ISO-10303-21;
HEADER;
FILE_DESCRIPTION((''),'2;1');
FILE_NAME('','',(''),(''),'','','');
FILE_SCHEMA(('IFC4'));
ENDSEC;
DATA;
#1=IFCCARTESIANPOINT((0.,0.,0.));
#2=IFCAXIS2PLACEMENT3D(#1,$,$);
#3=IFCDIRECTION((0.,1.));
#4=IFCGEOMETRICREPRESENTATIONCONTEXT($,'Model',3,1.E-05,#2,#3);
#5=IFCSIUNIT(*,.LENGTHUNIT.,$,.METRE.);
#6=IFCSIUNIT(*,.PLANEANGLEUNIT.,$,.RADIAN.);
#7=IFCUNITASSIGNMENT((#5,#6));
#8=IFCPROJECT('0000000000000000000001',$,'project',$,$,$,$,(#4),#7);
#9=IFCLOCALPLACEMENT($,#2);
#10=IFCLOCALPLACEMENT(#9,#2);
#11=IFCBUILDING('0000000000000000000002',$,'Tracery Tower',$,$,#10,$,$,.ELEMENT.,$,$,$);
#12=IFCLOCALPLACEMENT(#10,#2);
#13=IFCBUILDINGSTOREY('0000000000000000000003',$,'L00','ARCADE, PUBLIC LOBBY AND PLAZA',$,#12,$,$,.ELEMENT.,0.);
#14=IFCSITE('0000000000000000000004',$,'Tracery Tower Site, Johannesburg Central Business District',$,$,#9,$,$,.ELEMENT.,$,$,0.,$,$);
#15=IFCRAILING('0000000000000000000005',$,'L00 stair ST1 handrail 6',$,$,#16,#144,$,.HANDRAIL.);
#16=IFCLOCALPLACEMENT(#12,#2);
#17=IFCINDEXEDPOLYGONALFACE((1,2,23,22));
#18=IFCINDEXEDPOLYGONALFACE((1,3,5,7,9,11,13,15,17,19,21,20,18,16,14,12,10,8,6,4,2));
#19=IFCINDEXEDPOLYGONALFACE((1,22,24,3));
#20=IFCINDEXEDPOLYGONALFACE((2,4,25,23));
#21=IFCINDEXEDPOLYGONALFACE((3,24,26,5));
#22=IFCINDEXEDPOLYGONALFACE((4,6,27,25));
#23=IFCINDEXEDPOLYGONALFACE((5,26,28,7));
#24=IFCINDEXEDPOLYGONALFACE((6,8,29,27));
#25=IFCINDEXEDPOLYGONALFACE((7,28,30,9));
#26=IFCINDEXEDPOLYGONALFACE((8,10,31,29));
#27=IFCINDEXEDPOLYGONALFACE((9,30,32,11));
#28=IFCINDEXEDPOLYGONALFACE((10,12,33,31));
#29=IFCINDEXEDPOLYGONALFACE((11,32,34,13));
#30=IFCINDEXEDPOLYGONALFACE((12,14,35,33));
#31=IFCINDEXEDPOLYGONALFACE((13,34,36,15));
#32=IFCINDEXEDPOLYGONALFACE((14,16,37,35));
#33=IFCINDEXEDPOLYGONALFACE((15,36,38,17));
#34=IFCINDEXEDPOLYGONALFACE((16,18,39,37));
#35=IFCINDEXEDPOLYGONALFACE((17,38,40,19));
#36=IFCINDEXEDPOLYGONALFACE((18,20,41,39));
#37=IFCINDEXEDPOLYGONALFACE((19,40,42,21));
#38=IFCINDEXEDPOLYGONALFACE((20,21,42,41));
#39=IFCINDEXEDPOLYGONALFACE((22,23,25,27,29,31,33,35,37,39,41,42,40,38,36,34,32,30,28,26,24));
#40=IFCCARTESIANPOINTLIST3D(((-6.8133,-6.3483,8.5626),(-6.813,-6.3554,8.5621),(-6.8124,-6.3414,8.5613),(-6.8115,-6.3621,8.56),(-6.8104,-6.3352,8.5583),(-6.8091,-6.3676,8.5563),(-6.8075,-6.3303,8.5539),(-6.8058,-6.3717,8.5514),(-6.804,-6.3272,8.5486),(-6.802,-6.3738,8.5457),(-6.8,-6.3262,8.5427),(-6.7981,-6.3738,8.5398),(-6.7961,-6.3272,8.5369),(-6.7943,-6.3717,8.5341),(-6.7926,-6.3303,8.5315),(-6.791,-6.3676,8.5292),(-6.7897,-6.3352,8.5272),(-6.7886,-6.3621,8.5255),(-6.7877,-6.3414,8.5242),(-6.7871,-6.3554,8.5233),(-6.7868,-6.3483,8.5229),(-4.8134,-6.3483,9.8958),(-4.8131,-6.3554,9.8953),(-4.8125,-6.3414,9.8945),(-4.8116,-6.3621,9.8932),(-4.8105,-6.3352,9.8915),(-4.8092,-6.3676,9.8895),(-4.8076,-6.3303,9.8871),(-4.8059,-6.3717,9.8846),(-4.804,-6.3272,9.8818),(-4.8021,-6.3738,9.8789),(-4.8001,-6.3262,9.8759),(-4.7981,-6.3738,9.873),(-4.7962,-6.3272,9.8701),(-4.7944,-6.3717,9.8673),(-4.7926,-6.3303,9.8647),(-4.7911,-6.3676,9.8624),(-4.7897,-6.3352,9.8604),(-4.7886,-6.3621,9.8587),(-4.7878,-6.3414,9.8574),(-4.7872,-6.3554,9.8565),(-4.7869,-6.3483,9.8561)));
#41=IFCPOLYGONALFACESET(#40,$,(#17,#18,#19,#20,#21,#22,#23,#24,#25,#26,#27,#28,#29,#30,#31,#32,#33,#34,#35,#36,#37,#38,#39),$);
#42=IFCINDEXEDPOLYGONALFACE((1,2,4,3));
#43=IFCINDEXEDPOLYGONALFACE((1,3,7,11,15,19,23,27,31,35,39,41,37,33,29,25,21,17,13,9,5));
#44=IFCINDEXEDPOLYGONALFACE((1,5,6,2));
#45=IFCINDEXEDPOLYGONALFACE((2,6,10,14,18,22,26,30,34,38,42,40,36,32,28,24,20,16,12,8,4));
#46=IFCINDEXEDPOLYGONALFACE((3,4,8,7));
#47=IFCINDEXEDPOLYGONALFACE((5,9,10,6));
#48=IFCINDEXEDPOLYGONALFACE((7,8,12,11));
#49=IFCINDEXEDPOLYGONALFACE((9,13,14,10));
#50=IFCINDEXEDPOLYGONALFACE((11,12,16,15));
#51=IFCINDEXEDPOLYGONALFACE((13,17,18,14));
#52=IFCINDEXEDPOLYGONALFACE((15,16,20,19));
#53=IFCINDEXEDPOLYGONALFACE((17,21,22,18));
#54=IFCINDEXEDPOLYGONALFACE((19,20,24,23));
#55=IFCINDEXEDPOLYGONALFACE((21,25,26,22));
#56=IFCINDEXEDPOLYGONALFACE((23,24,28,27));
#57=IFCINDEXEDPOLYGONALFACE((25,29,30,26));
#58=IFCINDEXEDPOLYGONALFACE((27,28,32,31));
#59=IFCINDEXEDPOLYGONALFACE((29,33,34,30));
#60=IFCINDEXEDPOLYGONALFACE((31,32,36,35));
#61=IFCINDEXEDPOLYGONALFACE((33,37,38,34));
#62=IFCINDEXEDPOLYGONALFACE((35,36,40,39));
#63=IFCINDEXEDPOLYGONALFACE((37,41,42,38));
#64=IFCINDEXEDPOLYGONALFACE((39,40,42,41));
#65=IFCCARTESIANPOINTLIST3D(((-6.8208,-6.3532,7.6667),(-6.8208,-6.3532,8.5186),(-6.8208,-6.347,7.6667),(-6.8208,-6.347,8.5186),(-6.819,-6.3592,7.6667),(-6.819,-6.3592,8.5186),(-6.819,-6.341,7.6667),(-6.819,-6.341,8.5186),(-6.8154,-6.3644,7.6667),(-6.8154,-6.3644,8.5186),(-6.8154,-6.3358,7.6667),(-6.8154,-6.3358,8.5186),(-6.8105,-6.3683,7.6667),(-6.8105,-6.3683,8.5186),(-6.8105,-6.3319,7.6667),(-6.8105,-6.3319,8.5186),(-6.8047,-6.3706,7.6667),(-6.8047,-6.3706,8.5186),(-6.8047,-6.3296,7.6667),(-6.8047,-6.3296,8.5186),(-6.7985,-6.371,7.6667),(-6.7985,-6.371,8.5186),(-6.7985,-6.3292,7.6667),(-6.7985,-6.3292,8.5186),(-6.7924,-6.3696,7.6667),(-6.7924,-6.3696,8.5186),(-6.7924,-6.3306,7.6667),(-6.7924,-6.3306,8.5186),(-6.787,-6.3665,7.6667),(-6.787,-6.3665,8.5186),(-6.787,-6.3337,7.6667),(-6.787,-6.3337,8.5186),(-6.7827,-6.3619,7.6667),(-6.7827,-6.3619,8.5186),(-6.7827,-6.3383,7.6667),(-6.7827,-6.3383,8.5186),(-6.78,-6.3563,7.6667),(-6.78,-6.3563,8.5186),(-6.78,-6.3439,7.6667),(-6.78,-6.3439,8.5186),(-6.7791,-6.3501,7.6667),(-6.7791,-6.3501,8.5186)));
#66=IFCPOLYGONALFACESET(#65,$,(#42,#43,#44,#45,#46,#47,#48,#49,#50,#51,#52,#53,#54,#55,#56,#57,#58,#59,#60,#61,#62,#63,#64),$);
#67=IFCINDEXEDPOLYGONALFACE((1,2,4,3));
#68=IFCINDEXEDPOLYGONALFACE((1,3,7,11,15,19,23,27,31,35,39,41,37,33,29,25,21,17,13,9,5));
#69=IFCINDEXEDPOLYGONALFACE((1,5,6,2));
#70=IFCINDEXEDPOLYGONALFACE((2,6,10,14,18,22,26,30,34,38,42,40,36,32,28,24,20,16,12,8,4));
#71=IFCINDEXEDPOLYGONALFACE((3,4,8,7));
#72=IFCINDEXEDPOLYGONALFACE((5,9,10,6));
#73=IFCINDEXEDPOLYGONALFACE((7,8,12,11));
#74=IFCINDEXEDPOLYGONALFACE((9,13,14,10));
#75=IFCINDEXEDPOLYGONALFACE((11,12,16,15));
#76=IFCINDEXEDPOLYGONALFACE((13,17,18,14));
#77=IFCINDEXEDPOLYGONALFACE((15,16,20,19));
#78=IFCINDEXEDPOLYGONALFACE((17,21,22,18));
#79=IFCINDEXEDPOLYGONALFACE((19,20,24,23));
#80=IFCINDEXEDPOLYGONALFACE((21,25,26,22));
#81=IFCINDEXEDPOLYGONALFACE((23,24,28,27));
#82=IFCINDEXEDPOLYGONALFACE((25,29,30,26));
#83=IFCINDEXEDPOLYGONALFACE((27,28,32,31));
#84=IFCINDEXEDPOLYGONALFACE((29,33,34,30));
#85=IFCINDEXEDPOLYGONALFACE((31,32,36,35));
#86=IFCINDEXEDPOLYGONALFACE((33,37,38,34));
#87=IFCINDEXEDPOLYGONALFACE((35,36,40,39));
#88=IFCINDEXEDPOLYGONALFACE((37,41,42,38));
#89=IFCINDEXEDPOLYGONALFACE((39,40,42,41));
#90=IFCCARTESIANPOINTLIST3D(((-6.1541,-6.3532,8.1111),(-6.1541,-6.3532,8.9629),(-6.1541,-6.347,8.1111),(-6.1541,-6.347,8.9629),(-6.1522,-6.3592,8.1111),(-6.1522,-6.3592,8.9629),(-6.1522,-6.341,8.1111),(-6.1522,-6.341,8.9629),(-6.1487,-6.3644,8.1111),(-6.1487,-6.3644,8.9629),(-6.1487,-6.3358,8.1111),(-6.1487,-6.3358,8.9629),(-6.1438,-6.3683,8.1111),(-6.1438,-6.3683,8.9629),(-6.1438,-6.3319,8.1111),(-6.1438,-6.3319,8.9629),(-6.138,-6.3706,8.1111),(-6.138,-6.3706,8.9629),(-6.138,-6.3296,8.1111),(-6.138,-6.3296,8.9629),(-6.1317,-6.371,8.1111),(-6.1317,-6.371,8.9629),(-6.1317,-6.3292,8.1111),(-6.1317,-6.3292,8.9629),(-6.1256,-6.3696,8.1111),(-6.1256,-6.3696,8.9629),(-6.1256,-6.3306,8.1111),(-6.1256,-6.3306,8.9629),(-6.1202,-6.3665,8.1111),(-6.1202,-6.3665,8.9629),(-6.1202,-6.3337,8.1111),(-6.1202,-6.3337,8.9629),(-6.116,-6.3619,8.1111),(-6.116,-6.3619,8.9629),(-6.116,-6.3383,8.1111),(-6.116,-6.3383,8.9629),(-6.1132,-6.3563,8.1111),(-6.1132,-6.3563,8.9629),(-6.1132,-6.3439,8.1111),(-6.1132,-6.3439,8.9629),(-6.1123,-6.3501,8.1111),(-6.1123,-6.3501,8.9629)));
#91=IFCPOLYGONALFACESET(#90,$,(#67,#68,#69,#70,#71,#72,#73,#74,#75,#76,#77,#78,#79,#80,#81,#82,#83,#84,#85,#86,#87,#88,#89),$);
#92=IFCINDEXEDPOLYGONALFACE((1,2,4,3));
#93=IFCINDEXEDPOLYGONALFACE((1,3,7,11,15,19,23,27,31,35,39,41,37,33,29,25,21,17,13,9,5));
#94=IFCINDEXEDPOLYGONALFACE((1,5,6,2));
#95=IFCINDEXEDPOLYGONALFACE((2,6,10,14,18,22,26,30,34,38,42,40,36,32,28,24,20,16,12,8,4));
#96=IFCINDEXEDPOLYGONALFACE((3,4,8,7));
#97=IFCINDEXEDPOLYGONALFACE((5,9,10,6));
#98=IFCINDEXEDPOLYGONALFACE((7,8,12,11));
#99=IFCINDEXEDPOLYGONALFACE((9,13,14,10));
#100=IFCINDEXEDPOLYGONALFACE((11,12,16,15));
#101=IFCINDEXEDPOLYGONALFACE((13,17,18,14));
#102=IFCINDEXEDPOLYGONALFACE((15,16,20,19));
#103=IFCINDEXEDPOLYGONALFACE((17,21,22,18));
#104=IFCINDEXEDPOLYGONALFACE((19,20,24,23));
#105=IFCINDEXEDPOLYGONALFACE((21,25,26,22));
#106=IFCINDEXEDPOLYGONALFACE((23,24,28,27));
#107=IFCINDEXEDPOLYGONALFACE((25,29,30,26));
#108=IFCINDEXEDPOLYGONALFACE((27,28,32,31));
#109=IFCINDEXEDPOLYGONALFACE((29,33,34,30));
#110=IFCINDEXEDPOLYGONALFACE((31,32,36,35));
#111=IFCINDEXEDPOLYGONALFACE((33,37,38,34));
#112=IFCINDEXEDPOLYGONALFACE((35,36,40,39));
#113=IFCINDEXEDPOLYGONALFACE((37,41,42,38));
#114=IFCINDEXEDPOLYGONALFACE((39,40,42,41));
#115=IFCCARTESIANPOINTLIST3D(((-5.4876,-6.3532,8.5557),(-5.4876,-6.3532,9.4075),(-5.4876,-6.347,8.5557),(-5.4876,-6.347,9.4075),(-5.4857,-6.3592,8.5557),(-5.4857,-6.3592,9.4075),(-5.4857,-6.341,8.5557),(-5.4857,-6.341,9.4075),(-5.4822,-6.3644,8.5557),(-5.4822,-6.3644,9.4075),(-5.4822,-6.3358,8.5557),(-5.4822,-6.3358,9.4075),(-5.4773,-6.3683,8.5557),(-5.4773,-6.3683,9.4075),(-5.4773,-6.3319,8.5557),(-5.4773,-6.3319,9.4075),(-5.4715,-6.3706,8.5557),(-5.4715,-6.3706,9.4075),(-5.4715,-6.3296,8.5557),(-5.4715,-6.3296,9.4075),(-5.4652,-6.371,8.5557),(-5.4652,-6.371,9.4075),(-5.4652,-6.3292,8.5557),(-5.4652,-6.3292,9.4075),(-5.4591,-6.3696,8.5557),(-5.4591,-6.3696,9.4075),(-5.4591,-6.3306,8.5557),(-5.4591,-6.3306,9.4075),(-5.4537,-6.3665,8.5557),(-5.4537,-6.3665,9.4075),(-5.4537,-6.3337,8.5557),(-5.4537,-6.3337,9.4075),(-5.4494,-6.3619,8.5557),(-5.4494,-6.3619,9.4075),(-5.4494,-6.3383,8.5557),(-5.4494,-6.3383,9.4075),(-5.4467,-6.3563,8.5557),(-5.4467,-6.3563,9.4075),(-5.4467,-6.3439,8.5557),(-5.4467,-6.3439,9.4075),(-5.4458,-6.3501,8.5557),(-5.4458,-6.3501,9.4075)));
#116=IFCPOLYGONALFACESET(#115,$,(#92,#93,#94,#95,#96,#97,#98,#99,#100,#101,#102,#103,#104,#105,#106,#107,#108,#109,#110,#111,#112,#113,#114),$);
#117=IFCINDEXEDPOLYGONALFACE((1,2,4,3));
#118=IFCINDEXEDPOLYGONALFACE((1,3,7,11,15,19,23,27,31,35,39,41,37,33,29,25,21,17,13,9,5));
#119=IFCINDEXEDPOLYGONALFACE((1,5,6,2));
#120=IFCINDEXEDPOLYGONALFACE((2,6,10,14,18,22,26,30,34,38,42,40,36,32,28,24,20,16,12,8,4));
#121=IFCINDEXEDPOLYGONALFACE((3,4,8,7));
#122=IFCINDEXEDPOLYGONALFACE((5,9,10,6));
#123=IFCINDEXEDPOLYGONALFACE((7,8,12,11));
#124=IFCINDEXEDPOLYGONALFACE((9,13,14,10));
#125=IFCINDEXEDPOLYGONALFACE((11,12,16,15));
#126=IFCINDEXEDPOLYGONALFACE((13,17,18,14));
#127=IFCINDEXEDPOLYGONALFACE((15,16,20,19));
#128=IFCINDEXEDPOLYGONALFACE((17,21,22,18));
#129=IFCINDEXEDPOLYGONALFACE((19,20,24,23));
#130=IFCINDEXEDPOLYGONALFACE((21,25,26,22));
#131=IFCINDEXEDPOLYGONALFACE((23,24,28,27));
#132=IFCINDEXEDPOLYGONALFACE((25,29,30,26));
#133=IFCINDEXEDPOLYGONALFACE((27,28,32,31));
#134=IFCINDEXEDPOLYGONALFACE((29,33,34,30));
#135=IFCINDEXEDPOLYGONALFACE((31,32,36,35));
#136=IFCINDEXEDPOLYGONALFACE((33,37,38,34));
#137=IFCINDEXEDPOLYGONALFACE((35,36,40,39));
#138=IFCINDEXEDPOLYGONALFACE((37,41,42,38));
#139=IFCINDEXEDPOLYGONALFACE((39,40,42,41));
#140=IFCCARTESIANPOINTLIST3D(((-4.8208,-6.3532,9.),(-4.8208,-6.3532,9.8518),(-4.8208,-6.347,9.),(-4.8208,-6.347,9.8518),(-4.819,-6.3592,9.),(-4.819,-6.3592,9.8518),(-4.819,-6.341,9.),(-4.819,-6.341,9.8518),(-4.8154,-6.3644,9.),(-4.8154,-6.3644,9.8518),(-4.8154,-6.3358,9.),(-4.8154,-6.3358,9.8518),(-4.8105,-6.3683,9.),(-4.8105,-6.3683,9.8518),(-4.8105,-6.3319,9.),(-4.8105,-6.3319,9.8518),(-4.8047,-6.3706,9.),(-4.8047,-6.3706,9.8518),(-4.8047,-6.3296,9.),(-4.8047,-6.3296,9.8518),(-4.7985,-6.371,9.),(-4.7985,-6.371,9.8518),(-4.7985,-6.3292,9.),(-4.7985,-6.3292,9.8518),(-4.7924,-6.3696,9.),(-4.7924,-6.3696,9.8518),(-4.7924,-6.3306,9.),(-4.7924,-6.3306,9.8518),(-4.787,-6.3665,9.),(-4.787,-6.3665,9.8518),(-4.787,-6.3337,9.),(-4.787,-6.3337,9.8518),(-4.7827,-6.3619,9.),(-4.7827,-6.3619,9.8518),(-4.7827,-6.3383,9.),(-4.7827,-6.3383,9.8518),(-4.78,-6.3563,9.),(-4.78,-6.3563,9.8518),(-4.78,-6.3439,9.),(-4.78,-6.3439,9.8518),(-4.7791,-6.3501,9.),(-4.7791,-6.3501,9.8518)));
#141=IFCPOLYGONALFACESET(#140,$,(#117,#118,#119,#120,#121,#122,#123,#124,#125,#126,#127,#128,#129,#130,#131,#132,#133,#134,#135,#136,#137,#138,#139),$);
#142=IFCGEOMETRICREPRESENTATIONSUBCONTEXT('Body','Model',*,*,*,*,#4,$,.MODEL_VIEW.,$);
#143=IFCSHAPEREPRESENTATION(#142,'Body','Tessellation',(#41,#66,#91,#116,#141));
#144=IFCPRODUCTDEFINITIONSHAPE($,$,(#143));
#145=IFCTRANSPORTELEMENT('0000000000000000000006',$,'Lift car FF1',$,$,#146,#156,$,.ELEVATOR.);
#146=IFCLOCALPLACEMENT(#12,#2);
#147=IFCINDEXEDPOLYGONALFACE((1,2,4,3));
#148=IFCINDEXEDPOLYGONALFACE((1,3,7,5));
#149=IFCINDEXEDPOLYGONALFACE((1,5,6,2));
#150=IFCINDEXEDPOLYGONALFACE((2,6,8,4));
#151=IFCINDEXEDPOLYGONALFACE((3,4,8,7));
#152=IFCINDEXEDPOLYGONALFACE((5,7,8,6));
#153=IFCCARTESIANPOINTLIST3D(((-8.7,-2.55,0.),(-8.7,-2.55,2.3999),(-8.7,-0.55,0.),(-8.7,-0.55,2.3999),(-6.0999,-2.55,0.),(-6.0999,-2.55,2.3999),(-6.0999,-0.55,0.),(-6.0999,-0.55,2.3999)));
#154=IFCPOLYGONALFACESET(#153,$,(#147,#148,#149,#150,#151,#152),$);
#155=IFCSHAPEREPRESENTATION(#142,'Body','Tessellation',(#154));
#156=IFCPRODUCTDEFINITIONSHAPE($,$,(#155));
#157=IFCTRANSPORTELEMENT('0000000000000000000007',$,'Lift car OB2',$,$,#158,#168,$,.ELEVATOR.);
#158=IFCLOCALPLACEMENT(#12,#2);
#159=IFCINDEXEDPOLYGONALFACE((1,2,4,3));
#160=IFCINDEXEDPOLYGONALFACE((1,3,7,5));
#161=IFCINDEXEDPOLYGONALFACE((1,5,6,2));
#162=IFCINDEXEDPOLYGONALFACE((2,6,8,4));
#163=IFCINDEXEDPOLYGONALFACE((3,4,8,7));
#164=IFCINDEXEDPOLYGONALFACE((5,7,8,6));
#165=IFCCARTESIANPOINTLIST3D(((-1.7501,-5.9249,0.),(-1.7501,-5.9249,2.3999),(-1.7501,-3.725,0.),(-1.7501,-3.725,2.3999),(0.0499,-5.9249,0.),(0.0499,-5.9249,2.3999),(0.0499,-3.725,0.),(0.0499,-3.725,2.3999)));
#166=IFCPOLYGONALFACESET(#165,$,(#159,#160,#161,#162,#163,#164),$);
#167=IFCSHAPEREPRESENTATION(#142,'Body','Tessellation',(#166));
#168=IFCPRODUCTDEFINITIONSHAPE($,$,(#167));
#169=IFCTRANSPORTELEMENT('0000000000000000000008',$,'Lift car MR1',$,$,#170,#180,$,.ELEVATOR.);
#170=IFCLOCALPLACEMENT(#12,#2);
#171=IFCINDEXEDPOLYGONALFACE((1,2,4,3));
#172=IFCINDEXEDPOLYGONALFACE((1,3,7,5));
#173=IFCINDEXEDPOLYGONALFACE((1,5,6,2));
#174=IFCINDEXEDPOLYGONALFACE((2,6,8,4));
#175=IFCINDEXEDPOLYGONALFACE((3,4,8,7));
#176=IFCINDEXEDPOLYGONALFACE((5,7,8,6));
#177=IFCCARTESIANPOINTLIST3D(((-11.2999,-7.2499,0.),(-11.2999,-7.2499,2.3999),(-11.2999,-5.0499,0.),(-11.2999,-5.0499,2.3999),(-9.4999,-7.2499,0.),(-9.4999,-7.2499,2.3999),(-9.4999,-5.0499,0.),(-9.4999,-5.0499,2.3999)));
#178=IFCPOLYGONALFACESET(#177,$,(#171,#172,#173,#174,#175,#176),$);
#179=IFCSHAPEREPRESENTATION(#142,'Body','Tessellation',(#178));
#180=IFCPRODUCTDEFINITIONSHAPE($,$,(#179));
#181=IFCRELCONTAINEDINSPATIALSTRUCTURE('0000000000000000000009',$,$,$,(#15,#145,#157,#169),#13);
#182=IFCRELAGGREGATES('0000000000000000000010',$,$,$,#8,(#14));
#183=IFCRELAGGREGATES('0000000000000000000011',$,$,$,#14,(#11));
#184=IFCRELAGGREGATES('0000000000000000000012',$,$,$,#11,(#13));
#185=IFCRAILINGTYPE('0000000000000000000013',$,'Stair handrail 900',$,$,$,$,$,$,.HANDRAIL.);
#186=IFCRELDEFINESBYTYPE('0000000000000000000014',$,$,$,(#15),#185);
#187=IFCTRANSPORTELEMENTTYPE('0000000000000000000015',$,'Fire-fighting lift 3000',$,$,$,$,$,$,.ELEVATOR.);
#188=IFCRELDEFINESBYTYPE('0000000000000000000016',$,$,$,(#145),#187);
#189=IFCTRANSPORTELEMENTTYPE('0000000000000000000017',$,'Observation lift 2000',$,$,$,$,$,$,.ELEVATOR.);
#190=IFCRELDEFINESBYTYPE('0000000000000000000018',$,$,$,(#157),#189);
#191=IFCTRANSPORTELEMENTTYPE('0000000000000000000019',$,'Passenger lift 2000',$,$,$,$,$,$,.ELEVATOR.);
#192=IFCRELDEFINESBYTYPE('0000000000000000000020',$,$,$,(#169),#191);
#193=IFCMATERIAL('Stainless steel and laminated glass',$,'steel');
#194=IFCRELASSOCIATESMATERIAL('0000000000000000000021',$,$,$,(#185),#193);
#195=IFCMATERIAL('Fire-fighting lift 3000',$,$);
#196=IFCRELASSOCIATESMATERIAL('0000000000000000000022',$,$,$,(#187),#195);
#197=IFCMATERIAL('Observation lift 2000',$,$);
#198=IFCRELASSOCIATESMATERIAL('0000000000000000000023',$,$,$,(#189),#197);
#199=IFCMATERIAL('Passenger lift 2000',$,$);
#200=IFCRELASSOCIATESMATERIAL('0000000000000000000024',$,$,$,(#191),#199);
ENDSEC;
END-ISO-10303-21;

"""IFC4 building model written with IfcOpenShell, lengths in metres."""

from ifc_helpers import new_model, si_unit, direction, frame, origin, origin_2d, place, context, subcontext, project, spatial, rectangle, circle, extrude, material, type_object, element, save


model = new_model("IFC4")

# Units and contexts
model_context = context("Model", 3, precision=1e-05, world=origin(), true_north=direction((0.0, 1.0)))
body_context = subcontext(model_context, "Body", "Model", "MODEL_VIEW")
ifc_project = project(units=[si_unit("LENGTHUNIT", "METRE"), si_unit("PLANEANGLEUNIT", "RADIAN")], contexts=[model_context])

# Site, building, storey
site_placement = place(None, origin())
site = spatial("IfcSite", under=ifc_project, at=site_placement, Name="Tracery Tower Site, Johannesburg Central Business District", CompositionType="ELEMENT", RefElevation=0.0)
building_placement = place(site_placement, origin())
building = spatial("IfcBuilding", under=site, at=building_placement, Name="Tracery Tower", CompositionType="ELEMENT")
storey_placement = place(building_placement, origin())
storey = spatial("IfcBuildingStorey", under=building, at=storey_placement, Name="L00", Description="ARCADE, PUBLIC LOBBY AND PLAZA", CompositionType="ELEMENT", Elevation=0.0)

# Railing
ifc_material_1 = material(Name="Stainless steel and laminated glass", Category="steel")
railing_type_1 = type_object("IfcRailingType", Name="Stair handrail 900", PredefinedType="HANDRAIL", material=ifc_material_1)
railing_1_placement = place(storey_placement, frame((-6.8, -6.3501, 7.6667)))
element("IfcRailing", 1, at=railing_1_placement, inside=storey, type_object=railing_type_1, Name="L00 stair ST1 handrail 6", PredefinedType="HANDRAIL", context=body_context, shape_type="SweptSolid", body=[
    extrude(circle(Radius=0.0239, at=origin_2d()), frame((0.0, 0.0, 0.876), z_axis=(0.832066, 0.0, 0.554677), x_axis=(0.0, 1.0, 0.0)), (0.0, 0.0, 1.0), 2.4036),
    extrude(circle(Radius=0.021, at=origin_2d()), origin(), (0.0, 0.0, 1.0), 0.8518),
    extrude(circle(Radius=0.021, at=origin_2d()), frame((0.6667, 0.0, 0.4443)), (0.0, 0.0, 1.0), 0.8518),
    extrude(circle(Radius=0.021, at=origin_2d()), frame((1.3333, 0.0, 0.8889)), (0.0, 0.0, 1.0), 0.8518),
    extrude(circle(Radius=0.021, at=origin_2d()), frame((2.0, 0.0, 1.3333)), (0.0, 0.0, 1.0), 0.8518),
])

# Transport elements
ifc_material_2 = material(Name="Fire-fighting lift 3000")
transport_element_type_1 = type_object("IfcTransportElementType", Name="Fire-fighting lift 3000", PredefinedType="ELEVATOR", material=ifc_material_2)
transport_element_1_placement = place(storey_placement, frame((-7.3999, -1.55, 0.0), z_axis=(0.0, 0.0, 1.0), x_axis=(1.0, 0.0, 0.0)))
element("IfcTransportElement", 2, at=transport_element_1_placement, inside=storey, type_object=transport_element_type_1, Name="Lift car FF1", PredefinedType="ELEVATOR", context=body_context, shape_type="SweptSolid", body=[
    extrude(rectangle(XDim=2.6001, YDim=2.0, at=origin_2d()), origin(), (0.0, 0.0, 1.0), 2.3999),
])
ifc_material_3 = material(Name="Observation lift 2000")
transport_element_type_2 = type_object("IfcTransportElementType", Name="Observation lift 2000", PredefinedType="ELEVATOR", material=ifc_material_3)
transport_element_2_placement = place(storey_placement, frame((-0.8501, -4.825, 0.0), z_axis=(0.0, 0.0, 1.0), x_axis=(1.0, 0.0, 0.0)))
element("IfcTransportElement", 3, at=transport_element_2_placement, inside=storey, type_object=transport_element_type_2, Name="Lift car OB2", PredefinedType="ELEVATOR", context=body_context, shape_type="SweptSolid", body=[
    extrude(rectangle(XDim=1.8, YDim=2.2, at=origin_2d()), origin(), (0.0, 0.0, 1.0), 2.3999),
])
ifc_material_4 = material(Name="Passenger lift 2000")
transport_element_type_3 = type_object("IfcTransportElementType", Name="Passenger lift 2000", PredefinedType="ELEVATOR", material=ifc_material_4)
transport_element_3_placement = place(storey_placement, frame((-10.3999, -6.1499, 0.0), z_axis=(0.0, 0.0, 1.0), x_axis=(1.0, 0.0, 0.0)))
element("IfcTransportElement", 4, at=transport_element_3_placement, inside=storey, type_object=transport_element_type_3, Name="Lift car MR1", PredefinedType="ELEVATOR", context=body_context, shape_type="SweptSolid", body=[
    extrude(rectangle(XDim=1.8, YDim=2.2, at=origin_2d()), origin(), (0.0, 0.0, 1.0), 2.3999),
])

save(model, "model.ifc")
